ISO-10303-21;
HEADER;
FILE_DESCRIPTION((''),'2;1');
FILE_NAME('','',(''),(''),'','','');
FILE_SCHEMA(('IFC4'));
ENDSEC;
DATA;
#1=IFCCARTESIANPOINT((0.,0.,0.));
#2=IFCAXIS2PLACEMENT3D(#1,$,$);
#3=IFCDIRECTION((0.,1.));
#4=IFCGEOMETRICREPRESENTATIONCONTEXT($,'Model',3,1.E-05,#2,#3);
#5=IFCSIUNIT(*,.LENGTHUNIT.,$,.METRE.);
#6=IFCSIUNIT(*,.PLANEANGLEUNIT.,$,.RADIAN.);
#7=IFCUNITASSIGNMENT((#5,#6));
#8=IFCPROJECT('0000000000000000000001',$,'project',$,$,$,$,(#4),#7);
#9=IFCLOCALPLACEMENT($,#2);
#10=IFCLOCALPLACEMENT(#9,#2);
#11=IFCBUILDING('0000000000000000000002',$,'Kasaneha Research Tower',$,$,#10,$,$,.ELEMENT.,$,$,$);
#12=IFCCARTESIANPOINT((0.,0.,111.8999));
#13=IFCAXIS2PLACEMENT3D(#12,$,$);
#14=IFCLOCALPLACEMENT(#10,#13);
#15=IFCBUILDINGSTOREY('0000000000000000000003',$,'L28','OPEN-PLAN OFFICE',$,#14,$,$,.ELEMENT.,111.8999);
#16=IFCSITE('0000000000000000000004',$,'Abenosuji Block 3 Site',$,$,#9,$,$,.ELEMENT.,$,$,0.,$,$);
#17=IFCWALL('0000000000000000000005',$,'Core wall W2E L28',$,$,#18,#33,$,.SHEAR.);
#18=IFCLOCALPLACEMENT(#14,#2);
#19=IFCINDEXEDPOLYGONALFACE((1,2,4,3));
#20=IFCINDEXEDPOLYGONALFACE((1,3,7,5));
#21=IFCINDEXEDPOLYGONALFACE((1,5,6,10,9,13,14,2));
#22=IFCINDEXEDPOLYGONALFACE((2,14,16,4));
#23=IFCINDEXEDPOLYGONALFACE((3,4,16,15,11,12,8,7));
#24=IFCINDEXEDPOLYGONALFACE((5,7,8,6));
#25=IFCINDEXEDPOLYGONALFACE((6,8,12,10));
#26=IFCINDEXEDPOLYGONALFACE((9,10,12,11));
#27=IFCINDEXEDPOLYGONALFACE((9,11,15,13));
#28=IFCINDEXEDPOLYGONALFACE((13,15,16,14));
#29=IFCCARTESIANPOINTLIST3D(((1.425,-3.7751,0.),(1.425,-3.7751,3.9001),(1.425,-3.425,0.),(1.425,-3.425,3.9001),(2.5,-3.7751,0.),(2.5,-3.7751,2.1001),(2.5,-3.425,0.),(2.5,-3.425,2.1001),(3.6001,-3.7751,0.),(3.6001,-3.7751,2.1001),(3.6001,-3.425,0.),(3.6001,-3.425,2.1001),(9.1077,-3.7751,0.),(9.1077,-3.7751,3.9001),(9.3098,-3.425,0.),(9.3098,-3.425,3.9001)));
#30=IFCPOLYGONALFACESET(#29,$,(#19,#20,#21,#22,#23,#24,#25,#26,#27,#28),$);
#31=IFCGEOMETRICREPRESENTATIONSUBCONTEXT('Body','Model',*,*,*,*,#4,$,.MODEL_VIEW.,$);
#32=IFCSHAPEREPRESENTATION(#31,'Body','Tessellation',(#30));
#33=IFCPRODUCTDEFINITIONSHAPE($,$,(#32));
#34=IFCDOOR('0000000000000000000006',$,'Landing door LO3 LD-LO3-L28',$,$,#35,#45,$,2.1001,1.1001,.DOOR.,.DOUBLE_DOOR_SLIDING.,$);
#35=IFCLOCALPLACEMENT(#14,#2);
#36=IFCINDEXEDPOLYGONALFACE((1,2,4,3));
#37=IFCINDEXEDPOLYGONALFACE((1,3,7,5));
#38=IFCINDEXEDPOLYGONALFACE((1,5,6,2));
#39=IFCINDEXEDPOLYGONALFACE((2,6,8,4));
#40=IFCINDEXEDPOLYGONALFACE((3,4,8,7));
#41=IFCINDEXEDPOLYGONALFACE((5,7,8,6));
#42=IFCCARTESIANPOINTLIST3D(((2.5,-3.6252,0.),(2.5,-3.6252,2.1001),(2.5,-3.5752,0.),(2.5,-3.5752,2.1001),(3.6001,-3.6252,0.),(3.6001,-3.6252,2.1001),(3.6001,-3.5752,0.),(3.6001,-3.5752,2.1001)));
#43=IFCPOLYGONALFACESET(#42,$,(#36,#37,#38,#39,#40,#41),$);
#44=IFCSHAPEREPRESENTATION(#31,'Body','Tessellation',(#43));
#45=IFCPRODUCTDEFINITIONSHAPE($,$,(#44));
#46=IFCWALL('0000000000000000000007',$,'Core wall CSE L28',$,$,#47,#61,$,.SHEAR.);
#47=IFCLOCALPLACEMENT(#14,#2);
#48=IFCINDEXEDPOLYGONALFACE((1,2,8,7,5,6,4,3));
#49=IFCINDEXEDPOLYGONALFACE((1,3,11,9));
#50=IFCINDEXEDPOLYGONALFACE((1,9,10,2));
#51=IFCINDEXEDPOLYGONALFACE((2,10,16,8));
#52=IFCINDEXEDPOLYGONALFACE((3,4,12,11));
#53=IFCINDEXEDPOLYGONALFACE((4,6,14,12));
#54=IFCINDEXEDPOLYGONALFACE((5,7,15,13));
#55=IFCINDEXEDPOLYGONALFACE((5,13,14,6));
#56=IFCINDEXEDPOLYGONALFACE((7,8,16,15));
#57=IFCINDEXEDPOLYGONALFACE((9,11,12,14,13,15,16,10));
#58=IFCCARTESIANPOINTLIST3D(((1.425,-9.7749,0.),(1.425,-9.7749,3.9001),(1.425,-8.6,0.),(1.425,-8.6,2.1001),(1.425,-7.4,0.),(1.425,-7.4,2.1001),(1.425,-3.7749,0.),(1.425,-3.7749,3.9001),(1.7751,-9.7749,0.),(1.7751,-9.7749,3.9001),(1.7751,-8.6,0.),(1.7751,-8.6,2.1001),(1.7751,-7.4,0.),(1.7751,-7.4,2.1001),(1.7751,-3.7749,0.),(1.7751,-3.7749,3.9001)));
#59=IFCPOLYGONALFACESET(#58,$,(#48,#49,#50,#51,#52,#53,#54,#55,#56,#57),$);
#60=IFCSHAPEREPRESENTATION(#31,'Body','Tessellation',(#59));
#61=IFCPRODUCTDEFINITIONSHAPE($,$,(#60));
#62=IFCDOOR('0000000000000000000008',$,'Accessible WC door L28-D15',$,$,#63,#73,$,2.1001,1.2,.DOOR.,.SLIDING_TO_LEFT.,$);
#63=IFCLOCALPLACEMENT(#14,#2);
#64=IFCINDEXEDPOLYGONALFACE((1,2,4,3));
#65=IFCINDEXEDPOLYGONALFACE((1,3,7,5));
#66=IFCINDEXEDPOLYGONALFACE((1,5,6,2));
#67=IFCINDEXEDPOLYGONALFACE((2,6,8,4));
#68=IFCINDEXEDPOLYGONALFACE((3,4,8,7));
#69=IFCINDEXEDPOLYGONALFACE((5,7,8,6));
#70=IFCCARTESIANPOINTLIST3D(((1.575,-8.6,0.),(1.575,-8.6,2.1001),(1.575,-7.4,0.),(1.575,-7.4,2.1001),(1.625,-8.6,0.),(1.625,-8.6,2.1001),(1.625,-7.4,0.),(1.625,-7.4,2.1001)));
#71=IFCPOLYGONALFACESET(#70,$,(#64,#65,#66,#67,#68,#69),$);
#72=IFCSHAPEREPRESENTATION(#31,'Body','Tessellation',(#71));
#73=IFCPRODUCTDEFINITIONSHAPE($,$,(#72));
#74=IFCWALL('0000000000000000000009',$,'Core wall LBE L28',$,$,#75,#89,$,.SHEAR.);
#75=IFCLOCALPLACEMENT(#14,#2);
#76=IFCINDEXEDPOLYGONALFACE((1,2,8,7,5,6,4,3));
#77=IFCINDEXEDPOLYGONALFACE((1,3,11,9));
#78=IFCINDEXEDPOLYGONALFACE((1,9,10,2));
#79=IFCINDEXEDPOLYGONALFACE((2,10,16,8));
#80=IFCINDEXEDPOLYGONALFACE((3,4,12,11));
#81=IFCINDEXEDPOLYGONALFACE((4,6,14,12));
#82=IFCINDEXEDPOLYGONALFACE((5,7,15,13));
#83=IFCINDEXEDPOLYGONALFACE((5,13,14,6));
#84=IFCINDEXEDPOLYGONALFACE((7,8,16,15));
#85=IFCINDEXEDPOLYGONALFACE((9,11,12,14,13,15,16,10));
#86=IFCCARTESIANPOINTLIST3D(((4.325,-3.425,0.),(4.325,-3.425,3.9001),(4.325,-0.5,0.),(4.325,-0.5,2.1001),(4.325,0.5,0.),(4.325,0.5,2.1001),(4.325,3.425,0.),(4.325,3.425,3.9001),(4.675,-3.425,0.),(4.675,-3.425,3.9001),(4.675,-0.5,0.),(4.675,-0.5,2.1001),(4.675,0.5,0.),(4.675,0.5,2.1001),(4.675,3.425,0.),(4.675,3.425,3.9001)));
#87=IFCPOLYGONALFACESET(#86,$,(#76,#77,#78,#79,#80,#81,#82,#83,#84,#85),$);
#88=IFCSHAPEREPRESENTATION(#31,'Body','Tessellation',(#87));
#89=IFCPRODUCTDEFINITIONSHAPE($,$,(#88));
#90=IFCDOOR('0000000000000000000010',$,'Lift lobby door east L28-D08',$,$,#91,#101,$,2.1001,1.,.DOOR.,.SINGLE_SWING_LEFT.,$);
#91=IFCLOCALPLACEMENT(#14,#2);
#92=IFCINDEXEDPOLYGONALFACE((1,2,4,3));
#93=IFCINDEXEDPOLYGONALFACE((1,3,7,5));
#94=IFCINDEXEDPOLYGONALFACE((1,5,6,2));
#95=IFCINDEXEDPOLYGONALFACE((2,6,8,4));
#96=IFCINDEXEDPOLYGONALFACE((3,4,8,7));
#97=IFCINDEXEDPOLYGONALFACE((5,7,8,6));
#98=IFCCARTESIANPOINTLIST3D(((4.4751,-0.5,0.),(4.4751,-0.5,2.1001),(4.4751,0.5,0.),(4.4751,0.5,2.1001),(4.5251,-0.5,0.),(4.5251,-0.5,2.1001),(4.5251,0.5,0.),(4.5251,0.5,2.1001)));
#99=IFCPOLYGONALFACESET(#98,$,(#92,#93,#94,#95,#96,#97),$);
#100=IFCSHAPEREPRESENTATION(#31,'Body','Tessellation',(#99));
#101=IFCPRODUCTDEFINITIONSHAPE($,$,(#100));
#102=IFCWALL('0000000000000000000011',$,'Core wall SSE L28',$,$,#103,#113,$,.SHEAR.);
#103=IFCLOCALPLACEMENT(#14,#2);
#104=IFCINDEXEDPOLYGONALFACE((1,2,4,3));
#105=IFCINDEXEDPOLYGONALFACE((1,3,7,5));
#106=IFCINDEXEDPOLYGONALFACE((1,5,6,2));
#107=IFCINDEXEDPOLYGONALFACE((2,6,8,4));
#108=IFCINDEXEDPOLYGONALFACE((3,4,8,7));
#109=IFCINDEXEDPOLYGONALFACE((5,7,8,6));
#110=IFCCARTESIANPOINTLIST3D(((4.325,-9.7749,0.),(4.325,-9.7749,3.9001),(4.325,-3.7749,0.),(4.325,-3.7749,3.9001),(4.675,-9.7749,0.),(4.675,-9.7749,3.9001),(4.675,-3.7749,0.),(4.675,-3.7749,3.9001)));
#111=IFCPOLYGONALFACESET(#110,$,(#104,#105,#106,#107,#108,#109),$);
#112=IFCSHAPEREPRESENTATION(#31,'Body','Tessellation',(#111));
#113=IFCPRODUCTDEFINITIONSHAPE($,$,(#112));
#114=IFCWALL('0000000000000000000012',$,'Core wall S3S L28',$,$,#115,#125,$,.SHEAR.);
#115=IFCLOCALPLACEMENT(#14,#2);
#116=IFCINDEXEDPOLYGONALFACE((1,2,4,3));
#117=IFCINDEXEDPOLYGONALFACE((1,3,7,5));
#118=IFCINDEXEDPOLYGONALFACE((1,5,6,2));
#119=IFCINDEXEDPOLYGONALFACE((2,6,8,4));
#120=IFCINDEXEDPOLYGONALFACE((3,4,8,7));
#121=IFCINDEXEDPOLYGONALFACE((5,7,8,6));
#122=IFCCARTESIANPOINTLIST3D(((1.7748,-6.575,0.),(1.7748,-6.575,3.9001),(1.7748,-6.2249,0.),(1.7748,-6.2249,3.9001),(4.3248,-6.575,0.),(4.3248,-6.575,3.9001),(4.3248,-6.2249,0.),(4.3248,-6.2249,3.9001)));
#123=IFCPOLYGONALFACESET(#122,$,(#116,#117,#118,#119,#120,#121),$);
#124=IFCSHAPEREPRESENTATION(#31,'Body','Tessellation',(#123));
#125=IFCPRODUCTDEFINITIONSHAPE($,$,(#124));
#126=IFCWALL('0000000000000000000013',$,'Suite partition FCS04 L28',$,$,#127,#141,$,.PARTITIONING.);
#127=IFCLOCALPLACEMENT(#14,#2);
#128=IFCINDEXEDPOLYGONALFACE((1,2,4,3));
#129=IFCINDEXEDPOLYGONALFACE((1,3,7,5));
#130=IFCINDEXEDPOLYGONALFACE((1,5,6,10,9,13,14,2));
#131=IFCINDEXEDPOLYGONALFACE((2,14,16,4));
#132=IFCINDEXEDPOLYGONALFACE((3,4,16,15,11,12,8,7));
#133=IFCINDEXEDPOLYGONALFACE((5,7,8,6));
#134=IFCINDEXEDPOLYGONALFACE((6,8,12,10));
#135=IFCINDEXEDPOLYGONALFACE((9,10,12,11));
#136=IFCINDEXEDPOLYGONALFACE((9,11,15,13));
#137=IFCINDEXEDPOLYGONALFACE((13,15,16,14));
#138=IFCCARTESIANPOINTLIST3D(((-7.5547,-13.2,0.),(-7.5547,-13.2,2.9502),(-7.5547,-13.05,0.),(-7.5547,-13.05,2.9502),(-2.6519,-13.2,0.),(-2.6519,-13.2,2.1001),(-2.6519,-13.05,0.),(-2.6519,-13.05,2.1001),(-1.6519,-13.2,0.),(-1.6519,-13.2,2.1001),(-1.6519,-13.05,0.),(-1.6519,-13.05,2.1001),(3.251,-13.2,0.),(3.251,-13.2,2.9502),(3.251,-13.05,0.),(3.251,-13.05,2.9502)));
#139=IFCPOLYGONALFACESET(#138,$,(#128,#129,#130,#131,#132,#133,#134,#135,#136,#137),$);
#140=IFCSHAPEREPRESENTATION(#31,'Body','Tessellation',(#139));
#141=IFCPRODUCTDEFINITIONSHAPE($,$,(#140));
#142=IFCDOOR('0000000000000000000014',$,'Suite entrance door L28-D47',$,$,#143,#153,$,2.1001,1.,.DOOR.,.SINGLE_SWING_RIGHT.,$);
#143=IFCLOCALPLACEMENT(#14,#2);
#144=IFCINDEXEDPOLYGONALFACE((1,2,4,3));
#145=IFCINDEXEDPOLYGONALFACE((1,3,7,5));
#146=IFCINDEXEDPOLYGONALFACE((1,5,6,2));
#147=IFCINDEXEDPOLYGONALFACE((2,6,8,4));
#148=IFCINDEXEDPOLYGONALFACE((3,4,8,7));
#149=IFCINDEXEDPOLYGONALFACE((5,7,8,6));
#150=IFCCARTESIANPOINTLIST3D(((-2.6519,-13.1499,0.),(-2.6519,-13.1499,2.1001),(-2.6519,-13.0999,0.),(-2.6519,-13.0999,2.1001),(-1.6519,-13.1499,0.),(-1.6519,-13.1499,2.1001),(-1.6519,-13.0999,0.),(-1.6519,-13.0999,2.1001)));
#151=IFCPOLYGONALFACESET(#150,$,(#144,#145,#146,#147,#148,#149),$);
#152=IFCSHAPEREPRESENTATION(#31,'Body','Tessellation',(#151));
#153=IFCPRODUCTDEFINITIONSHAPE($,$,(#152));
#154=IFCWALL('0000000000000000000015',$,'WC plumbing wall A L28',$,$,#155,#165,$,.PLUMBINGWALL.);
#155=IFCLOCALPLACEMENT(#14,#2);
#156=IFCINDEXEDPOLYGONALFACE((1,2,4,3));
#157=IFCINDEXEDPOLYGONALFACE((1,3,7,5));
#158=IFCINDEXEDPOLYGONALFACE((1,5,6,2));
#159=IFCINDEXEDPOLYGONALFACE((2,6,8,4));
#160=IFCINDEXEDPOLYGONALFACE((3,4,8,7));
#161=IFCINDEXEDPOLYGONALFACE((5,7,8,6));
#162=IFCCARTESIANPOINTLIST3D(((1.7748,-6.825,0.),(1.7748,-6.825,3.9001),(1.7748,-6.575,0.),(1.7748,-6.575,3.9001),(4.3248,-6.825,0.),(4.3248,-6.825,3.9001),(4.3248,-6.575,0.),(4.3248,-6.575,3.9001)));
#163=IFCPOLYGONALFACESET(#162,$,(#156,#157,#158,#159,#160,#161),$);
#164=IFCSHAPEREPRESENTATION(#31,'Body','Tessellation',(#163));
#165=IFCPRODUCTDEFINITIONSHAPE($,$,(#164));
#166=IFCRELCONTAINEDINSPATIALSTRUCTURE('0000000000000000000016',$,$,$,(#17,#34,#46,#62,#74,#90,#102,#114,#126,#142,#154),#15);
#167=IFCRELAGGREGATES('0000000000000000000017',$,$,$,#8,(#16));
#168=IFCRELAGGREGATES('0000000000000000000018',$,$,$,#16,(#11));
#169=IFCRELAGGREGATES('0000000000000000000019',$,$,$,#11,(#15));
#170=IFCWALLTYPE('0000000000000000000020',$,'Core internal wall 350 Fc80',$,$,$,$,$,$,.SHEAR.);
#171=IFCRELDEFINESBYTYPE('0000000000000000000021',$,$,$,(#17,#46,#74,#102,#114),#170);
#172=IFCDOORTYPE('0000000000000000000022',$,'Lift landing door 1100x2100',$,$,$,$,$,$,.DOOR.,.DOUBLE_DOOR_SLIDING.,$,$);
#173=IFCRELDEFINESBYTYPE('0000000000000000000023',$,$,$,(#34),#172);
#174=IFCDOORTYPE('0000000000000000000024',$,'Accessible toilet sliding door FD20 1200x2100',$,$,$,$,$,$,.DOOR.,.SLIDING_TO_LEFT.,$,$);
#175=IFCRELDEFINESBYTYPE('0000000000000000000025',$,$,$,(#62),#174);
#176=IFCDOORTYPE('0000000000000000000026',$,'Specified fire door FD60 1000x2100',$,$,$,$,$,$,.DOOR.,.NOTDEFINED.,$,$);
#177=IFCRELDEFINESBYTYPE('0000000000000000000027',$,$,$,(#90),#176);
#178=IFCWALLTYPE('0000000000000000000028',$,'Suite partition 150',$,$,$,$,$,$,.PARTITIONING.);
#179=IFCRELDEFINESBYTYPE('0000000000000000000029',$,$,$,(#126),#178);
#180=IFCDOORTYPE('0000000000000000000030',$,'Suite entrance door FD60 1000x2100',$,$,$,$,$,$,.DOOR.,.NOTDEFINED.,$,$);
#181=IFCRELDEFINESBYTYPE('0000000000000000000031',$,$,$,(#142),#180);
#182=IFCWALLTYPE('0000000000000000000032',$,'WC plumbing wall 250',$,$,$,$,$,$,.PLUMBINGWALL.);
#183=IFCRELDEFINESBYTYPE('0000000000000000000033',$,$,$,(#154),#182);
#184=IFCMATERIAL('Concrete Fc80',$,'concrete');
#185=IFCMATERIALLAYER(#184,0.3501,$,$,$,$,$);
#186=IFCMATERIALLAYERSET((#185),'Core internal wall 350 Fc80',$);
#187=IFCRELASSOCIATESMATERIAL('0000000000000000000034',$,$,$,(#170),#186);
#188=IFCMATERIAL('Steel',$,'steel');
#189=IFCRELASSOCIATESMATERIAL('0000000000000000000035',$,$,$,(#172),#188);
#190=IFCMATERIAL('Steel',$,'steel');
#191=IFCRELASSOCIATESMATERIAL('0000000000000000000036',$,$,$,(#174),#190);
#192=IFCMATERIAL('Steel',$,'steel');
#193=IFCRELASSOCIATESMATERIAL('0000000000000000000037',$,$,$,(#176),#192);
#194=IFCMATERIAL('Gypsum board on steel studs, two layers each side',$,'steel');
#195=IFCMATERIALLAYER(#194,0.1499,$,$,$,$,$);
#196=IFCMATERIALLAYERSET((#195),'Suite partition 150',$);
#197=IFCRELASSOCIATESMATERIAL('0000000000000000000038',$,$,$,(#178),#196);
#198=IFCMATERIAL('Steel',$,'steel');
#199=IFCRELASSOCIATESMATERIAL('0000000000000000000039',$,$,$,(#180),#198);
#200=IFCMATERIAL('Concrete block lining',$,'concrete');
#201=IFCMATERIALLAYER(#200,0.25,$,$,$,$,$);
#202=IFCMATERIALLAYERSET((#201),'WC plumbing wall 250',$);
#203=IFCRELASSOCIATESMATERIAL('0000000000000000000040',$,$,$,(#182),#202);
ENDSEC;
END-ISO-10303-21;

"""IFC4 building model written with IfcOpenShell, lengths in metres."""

from ifc_helpers import new_model, si_unit, direction, frame, frame_2d, origin, place, context, subcontext, project, spatial, polyline, rectangle, outline, extrude, material, layer, layer_set, type_object, element, fill, save


model = new_model("IFC4")

# Units and contexts
model_context = context("Model", 3, precision=1e-05, world=origin(), true_north=direction((0.0, 1.0)))
body_context = subcontext(model_context, "Body", "Model", "MODEL_VIEW")
ifc_project = project(units=[si_unit("LENGTHUNIT", "METRE"), si_unit("PLANEANGLEUNIT", "RADIAN")], contexts=[model_context])

# Site, building, storey
site_placement = place(None, origin())
site = spatial("IfcSite", under=ifc_project, at=site_placement, Name="Abenosuji Block 3 Site", CompositionType="ELEMENT", RefElevation=0.0)
building_placement = place(site_placement, origin())
building = spatial("IfcBuilding", under=site, at=building_placement, Name="Kasaneha Research Tower", CompositionType="ELEMENT")
storey_placement = place(building_placement, frame((0.0, 0.0, 111.8999)))
storey = spatial("IfcBuildingStorey", under=building, at=storey_placement, Name="L28", Description="OPEN-PLAN OFFICE", CompositionType="ELEMENT", Elevation=111.8999)

# Walls, openings, doors
ifc_material_1 = material(Name="Concrete Fc80", Category="concrete")
ifc_layer_1 = layer(ifc_material_1, 0.3501)
ifc_layer_set_1 = layer_set([ifc_layer_1], Name="Core internal wall 350 Fc80")
wall_type_1 = type_object("IfcWallType", Name="Core internal wall 350 Fc80", PredefinedType="SHEAR", material=ifc_layer_set_1)
wall_1_placement = place(storey_placement, frame((1.425, -3.6001, 0.0), z_axis=(0.0, 0.0, 1.0), x_axis=(1.0, 0.0, 0.0)))
wall_1 = element("IfcWall", 1, at=wall_1_placement, inside=storey, type_object=wall_type_1, Name="Core wall W2E L28", PredefinedType="SHEAR", context=body_context, shape_type="SweptSolid", body=[
    extrude(outline(polyline([(0.0, -0.175), (1.075, -0.175), (2.175, -0.175), (7.6826, -0.175), (7.8848, 0.175), (2.175, 0.175), (1.075, 0.175), (0.0, 0.175), (0.0, -0.175)])), origin(), (0.0, 0.0, 1.0), 3.9001),
])
opening_1_placement = place(wall_1_placement, frame((1.075, 0.0, 0.0)))
opening_1 = element("IfcOpeningElement", 2, at=opening_1_placement, cuts=wall_1, PredefinedType="OPENING", context=body_context, shape_type="SweptSolid", body=[
    extrude(rectangle(XDim=1.1001, YDim=2.1001, at=frame_2d((0.55, 1.05))), frame((0.0, 0.1851, 0.0), z_axis=(0.0, -1.0, 0.0), x_axis=(1.0, 0.0, 0.0)), (0.0, 0.0, 1.0), 0.3701),
])
ifc_material_2 = material(Name="Steel", Category="steel")
door_type_1 = type_object("IfcDoorType", Name="Lift landing door 1100x2100", OperationType="DOUBLE_DOOR_SLIDING", PredefinedType="DOOR", material=ifc_material_2)
door_1_placement = place(opening_1_placement, origin())
door_1 = element("IfcDoor", 3, at=door_1_placement, inside=storey, type_object=door_type_1, Name="Landing door LO3 LD-LO3-L28", OperationType="DOUBLE_DOOR_SLIDING", OverallHeight=2.1001, OverallWidth=1.1001, PredefinedType="DOOR", context=body_context, shape_type="SweptSolid", body=[
    extrude(rectangle(XDim=1.1001, YDim=2.1001, at=frame_2d((0.55, 1.05))), frame((0.0, 0.0249, 0.0), z_axis=(0.0, -1.0, 0.0), x_axis=(1.0, 0.0, 0.0)), (0.0, 0.0, 1.0), 0.05),
])
fill(opening_1, door_1)
wall_2_placement = place(storey_placement, frame((1.6001, -3.7749, 0.0), z_axis=(0.0, 0.0, 1.0), x_axis=(0.0, -1.0, 0.0)))
wall_2 = element("IfcWall", 4, at=wall_2_placement, inside=storey, type_object=wall_type_1, Name="Core wall CSE L28", PredefinedType="SHEAR", context=body_context, shape_type="SweptSolid", body=[
    extrude(rectangle(XDim=6.0, YDim=0.3501, at=frame_2d((3.0, 0.0))), origin(), (0.0, 0.0, 1.0), 3.9001),
])
opening_2_placement = place(wall_2_placement, frame((3.625, 0.0, 0.0)))
opening_2 = element("IfcOpeningElement", 5, at=opening_2_placement, cuts=wall_2, PredefinedType="OPENING", context=body_context, shape_type="SweptSolid", body=[
    extrude(rectangle(XDim=1.2, YDim=2.1001, at=frame_2d((0.6001, 1.05))), frame((0.0, 0.1851, 0.0), z_axis=(0.0, -1.0, 0.0), x_axis=(1.0, 0.0, 0.0)), (0.0, 0.0, 1.0), 0.3701),
])
ifc_material_3 = material(Name="Steel", Category="steel")
door_type_2 = type_object("IfcDoorType", Name="Accessible toilet sliding door FD20 1200x2100", OperationType="SLIDING_TO_LEFT", PredefinedType="DOOR", material=ifc_material_3)
door_2_placement = place(opening_2_placement, origin())
door_2 = element("IfcDoor", 6, at=door_2_placement, inside=storey, type_object=door_type_2, Name="Accessible WC door L28-D15", OperationType="SLIDING_TO_LEFT", OverallHeight=2.1001, OverallWidth=1.2, PredefinedType="DOOR", context=body_context, shape_type="SweptSolid", body=[
    extrude(rectangle(XDim=1.2, YDim=2.1001, at=frame_2d((0.6001, 1.05))), frame((0.0, 0.0249, 0.0), z_axis=(0.0, -1.0, 0.0), x_axis=(1.0, 0.0, 0.0)), (0.0, 0.0, 1.0), 0.05),
])
fill(opening_2, door_2)
wall_3_placement = place(storey_placement, frame((4.5, -3.425, 0.0), z_axis=(0.0, 0.0, 1.0), x_axis=(0.0, 1.0, 0.0)))
wall_3 = element("IfcWall", 7, at=wall_3_placement, inside=storey, type_object=wall_type_1, Name="Core wall LBE L28", PredefinedType="SHEAR", context=body_context, shape_type="SweptSolid", body=[
    extrude(rectangle(XDim=6.8501, YDim=0.3501, at=frame_2d((3.425, 0.0))), origin(), (0.0, 0.0, 1.0), 3.9001),
])
opening_3_placement = place(wall_3_placement, frame((2.925, 0.0, 0.0)))
opening_3 = element("IfcOpeningElement", 8, at=opening_3_placement, cuts=wall_3, PredefinedType="OPENING", context=body_context, shape_type="SweptSolid", body=[
    extrude(rectangle(XDim=1.0, YDim=2.1001, at=frame_2d((0.5, 1.05))), frame((0.0, 0.1851, 0.0), z_axis=(0.0, -1.0, 0.0), x_axis=(1.0, 0.0, 0.0)), (0.0, 0.0, 1.0), 0.3701),
])
ifc_material_4 = material(Name="Steel", Category="steel")
door_type_3 = type_object("IfcDoorType", Name="Specified fire door FD60 1000x2100", OperationType="NOTDEFINED", PredefinedType="DOOR", material=ifc_material_4)
door_3_placement = place(opening_3_placement, origin())
door_3 = element("IfcDoor", 9, at=door_3_placement, inside=storey, type_object=door_type_3, Name="Lift lobby door east L28-D08", OperationType="SINGLE_SWING_LEFT", OverallHeight=2.1001, OverallWidth=1.0, PredefinedType="DOOR", context=body_context, shape_type="SweptSolid", body=[
    extrude(rectangle(XDim=1.0, YDim=2.1001, at=frame_2d((0.5, 1.05))), frame((0.0, 0.0249, 0.0), z_axis=(0.0, -1.0, 0.0), x_axis=(1.0, 0.0, 0.0)), (0.0, 0.0, 1.0), 0.05),
])
fill(opening_3, door_3)

# Walls
wall_4_placement = place(storey_placement, frame((4.5, -3.7749, 0.0), z_axis=(0.0, 0.0, 1.0), x_axis=(0.0, -1.0, 0.0)))
element("IfcWall", 10, at=wall_4_placement, inside=storey, type_object=wall_type_1, Name="Core wall SSE L28", PredefinedType="SHEAR", context=body_context, shape_type="SweptSolid", body=[
    extrude(rectangle(XDim=6.0, YDim=0.3501, at=frame_2d((3.0, 0.0))), origin(), (0.0, 0.0, 1.0), 3.9001),
])
wall_5_placement = place(storey_placement, frame((1.7749, -6.3999, 0.0), z_axis=(0.0, 0.0, 1.0), x_axis=(1.0, 0.0, 0.0)))
element("IfcWall", 11, at=wall_5_placement, inside=storey, type_object=wall_type_1, Name="Core wall S3S L28", PredefinedType="SHEAR", context=body_context, shape_type="SweptSolid", body=[
    extrude(rectangle(XDim=2.55, YDim=0.3501, at=frame_2d((1.2749, 0.0))), origin(), (0.0, 0.0, 1.0), 3.9001),
])

# Wall, opening, door
ifc_material_5 = material(Name="Gypsum board on steel studs, two layers each side", Category="steel")
ifc_layer_2 = layer(ifc_material_5, 0.1499)
ifc_layer_set_2 = layer_set([ifc_layer_2], Name="Suite partition 150")
wall_type_2 = type_object("IfcWallType", Name="Suite partition 150", PredefinedType="PARTITIONING", material=ifc_layer_set_2)
wall_6_placement = place(storey_placement, frame((3.251, -13.125, 0.0), z_axis=(0.0, 0.0, 1.0), x_axis=(-1.0, 0.0, 0.0)))
wall_6 = element("IfcWall", 12, at=wall_6_placement, inside=storey, type_object=wall_type_2, Name="Suite partition FCS04 L28", PredefinedType="PARTITIONING", context=body_context, shape_type="SweptSolid", body=[
    extrude(rectangle(XDim=10.8057, YDim=0.1499, at=frame_2d((5.4028, 0.0))), origin(), (0.0, 0.0, 1.0), 2.9502),
])
opening_4_placement = place(wall_6_placement, frame((4.9028, 0.0, 0.0)))
opening_4 = element("IfcOpeningElement", 13, at=opening_4_placement, cuts=wall_6, PredefinedType="OPENING", context=body_context, shape_type="SweptSolid", body=[
    extrude(rectangle(XDim=1.0, YDim=2.1001, at=frame_2d((0.5, 1.05))), frame((0.0, 0.085, 0.0), z_axis=(0.0, -1.0, 0.0), x_axis=(1.0, 0.0, 0.0)), (0.0, 0.0, 1.0), 0.1699),
])
ifc_material_6 = material(Name="Steel", Category="steel")
door_type_4 = type_object("IfcDoorType", Name="Suite entrance door FD60 1000x2100", OperationType="NOTDEFINED", PredefinedType="DOOR", material=ifc_material_6)
door_4_placement = place(opening_4_placement, origin())
door_4 = element("IfcDoor", 14, at=door_4_placement, inside=storey, type_object=door_type_4, Name="Suite entrance door L28-D47", OperationType="SINGLE_SWING_RIGHT", OverallHeight=2.1001, OverallWidth=1.0, PredefinedType="DOOR", context=body_context, shape_type="SweptSolid", body=[
    extrude(rectangle(XDim=1.0, YDim=2.1001, at=frame_2d((0.5, 1.05))), frame((0.0, 0.0249, 0.0), z_axis=(0.0, -1.0, 0.0), x_axis=(1.0, 0.0, 0.0)), (0.0, 0.0, 1.0), 0.05),
])
fill(opening_4, door_4)

# Wall
ifc_material_7 = material(Name="Concrete block lining", Category="concrete")
ifc_layer_3 = layer(ifc_material_7, 0.25)
ifc_layer_set_3 = layer_set([ifc_layer_3], Name="WC plumbing wall 250")
wall_type_3 = type_object("IfcWallType", Name="WC plumbing wall 250", PredefinedType="PLUMBINGWALL", material=ifc_layer_set_3)
wall_7_placement = place(storey_placement, frame((1.7749, -6.7, 0.0), z_axis=(0.0, 0.0, 1.0), x_axis=(1.0, 0.0, 0.0)))
element("IfcWall", 15, at=wall_7_placement, inside=storey, type_object=wall_type_3, Name="WC plumbing wall A L28", PredefinedType="PLUMBINGWALL", context=body_context, shape_type="SweptSolid", body=[
    extrude(rectangle(XDim=2.55, YDim=0.25, at=frame_2d((1.2749, 0.0))), origin(), (0.0, 0.0, 1.0), 3.9001),
])

save(model, "model.ifc")
